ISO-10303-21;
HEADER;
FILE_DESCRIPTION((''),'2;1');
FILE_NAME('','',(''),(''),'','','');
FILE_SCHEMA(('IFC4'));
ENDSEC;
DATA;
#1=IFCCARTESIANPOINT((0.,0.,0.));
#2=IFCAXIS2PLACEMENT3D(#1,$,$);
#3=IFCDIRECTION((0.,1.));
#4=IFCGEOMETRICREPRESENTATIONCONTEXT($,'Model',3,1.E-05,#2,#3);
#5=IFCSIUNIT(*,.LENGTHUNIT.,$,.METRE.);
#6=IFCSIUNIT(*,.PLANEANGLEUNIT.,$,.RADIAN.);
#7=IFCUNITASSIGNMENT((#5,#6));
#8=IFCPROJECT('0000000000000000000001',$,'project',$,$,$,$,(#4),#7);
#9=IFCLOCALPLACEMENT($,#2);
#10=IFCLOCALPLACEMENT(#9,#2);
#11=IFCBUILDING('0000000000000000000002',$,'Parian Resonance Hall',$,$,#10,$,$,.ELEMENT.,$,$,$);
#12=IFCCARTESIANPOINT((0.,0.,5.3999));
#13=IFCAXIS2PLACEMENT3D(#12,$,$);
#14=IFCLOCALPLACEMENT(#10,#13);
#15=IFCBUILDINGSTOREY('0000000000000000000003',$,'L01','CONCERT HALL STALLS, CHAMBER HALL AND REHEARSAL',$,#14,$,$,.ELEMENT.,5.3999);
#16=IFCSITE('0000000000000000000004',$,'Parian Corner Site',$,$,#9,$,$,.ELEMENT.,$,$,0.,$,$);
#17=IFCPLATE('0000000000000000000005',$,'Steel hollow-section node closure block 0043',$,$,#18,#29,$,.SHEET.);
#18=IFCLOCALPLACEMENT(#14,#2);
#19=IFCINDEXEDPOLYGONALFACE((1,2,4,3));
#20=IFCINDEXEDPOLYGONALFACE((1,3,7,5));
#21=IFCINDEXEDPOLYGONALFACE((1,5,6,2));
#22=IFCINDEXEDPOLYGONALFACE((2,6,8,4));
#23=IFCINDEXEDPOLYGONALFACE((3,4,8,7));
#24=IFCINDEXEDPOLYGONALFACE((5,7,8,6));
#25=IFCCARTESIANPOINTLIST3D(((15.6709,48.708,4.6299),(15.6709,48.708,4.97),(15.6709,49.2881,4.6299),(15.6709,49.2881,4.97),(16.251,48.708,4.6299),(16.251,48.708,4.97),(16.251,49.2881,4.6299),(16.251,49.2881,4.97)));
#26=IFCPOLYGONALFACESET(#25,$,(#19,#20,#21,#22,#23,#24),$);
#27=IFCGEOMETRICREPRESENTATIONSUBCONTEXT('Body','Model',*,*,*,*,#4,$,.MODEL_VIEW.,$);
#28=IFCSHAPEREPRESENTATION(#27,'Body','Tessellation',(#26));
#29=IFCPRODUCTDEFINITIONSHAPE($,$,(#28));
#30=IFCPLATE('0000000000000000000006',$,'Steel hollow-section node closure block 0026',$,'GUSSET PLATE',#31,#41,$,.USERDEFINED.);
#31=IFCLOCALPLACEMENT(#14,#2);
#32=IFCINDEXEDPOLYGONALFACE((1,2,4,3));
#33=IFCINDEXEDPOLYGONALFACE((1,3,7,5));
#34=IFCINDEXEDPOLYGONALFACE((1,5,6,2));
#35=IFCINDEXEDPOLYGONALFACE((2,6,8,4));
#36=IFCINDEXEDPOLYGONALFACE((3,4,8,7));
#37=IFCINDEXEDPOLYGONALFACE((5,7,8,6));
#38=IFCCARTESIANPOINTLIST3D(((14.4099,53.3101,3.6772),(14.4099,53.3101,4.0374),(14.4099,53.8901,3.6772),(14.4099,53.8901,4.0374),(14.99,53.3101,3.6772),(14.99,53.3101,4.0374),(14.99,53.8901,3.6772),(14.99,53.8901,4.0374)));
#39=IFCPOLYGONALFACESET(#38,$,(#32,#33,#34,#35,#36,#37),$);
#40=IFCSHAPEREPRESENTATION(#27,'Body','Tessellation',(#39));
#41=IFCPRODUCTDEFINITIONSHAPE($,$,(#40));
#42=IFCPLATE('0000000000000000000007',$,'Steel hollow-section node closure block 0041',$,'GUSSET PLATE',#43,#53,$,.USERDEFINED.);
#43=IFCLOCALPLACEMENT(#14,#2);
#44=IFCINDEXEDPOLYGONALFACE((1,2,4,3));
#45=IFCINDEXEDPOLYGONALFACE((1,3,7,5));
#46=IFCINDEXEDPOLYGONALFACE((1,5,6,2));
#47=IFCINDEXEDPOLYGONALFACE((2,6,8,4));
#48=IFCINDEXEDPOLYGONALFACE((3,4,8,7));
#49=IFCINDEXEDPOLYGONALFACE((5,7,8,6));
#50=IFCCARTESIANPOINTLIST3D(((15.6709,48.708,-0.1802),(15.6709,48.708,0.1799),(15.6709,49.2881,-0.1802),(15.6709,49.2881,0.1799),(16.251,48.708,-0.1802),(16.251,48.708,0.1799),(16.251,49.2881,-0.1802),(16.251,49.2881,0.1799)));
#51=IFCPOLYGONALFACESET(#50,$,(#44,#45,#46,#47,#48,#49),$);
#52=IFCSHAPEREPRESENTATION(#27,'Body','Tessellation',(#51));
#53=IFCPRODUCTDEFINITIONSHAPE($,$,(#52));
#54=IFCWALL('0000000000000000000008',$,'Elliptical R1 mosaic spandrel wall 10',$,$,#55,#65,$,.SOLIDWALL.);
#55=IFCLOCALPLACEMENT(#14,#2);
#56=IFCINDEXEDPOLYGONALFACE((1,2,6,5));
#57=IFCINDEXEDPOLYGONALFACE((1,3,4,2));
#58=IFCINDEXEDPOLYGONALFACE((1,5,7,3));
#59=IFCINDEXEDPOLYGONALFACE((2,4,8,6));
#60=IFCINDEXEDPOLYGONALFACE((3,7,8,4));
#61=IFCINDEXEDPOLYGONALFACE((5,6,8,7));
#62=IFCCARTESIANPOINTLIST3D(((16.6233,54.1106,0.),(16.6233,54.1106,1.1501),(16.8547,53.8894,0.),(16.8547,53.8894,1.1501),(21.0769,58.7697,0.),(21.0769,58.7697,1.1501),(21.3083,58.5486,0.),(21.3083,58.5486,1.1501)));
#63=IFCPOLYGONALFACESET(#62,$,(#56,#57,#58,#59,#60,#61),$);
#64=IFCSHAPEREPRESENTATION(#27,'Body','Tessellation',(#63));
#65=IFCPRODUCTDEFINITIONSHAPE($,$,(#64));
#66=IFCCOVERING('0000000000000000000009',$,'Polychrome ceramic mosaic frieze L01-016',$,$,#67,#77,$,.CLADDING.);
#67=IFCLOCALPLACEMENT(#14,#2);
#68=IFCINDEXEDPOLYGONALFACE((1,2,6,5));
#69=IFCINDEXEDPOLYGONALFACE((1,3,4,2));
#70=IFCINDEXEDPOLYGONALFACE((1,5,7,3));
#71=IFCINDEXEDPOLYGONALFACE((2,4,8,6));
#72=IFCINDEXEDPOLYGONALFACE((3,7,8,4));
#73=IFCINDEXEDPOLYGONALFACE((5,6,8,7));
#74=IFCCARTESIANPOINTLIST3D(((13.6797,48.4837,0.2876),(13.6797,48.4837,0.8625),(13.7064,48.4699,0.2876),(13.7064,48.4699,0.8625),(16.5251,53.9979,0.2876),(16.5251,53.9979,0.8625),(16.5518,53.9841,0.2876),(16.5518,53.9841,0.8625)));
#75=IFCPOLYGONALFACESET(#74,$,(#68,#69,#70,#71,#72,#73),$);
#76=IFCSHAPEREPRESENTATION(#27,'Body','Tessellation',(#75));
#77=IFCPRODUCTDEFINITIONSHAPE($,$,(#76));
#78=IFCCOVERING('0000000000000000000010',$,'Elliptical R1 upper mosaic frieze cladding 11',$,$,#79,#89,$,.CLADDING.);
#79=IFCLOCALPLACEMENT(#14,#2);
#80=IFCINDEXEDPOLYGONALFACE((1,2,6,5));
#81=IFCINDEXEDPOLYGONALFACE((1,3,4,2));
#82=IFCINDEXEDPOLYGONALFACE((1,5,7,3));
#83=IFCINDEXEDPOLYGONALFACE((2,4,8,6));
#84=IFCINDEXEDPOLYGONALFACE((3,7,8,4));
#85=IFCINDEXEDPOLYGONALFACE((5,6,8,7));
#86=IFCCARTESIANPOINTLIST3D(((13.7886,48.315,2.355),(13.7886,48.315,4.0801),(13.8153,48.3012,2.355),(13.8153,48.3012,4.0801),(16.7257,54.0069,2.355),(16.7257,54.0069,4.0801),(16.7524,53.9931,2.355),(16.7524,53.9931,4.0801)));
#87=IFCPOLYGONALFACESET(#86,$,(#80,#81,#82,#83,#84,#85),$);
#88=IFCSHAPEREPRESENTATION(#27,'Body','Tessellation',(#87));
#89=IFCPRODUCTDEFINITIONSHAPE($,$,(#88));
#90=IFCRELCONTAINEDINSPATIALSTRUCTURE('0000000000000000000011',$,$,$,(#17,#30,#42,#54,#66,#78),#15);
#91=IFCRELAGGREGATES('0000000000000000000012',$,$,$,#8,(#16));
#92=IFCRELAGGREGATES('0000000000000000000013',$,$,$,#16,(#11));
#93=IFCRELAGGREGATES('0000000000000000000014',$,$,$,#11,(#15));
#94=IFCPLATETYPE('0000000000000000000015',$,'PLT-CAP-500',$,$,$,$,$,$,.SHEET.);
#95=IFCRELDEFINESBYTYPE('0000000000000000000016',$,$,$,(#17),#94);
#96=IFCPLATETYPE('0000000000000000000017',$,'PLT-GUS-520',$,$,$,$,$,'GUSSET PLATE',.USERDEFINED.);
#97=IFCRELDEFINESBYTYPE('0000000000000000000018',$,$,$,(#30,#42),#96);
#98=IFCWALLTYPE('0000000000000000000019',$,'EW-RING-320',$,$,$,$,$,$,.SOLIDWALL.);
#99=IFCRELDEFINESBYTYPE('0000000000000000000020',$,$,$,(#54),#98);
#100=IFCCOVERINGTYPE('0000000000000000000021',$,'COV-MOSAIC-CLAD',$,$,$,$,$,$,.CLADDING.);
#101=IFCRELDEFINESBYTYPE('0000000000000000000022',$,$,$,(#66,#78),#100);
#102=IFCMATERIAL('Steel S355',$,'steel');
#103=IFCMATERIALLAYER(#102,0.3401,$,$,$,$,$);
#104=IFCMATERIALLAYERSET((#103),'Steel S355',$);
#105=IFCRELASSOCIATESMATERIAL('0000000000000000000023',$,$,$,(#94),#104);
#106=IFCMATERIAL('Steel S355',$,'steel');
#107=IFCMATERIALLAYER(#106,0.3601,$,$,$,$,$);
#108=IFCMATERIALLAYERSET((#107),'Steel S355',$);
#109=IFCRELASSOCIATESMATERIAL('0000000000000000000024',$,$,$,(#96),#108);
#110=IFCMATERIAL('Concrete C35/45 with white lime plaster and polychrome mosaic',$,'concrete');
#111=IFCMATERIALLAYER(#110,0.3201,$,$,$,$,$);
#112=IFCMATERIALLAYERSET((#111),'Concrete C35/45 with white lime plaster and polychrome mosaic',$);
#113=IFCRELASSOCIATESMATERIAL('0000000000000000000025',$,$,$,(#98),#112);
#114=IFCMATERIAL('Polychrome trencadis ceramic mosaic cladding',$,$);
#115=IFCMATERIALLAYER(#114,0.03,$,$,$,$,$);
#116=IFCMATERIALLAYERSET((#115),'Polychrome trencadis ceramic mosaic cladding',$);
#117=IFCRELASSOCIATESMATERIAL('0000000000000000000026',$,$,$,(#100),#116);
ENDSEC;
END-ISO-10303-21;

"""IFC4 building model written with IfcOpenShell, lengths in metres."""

from ifc_helpers import new_model, si_unit, direction, frame, frame_2d, origin, origin_2d, place, context, subcontext, project, spatial, rectangle, extrude, material, layer, layer_set, type_object, element, save


model = new_model("IFC4")

# Units and contexts
model_context = context("Model", 3, precision=1e-05, world=origin(), true_north=direction((0.0, 1.0)))
body_context = subcontext(model_context, "Body", "Model", "MODEL_VIEW")
ifc_project = project(units=[si_unit("LENGTHUNIT", "METRE"), si_unit("PLANEANGLEUNIT", "RADIAN")], contexts=[model_context])

# Site, building, storey
site_placement = place(None, origin())
site = spatial("IfcSite", under=ifc_project, at=site_placement, Name="Parian Corner Site", CompositionType="ELEMENT", RefElevation=0.0)
building_placement = place(site_placement, origin())
building = spatial("IfcBuilding", under=site, at=building_placement, Name="Parian Resonance Hall", CompositionType="ELEMENT")
storey_placement = place(building_placement, frame((0.0, 0.0, 5.3999)))
storey = spatial("IfcBuildingStorey", under=building, at=storey_placement, Name="L01", Description="CONCERT HALL STALLS, CHAMBER HALL AND REHEARSAL", CompositionType="ELEMENT", Elevation=5.3999)

# Plates
ifc_material_1 = material(Name="Steel S355", Category="steel")
ifc_layer_1 = layer(ifc_material_1, 0.3401)
ifc_layer_set_1 = layer_set([ifc_layer_1], Name="Steel S355")
plate_type_1 = type_object("IfcPlateType", Name="PLT-CAP-500", PredefinedType="SHEET", material=ifc_layer_set_1)
for number, where, z_axis, x_axis, name in (
    (1, (15.9609, 48.998, 4.6299), (0.0, 0.0, 1.0), (1.0, 0.0, 0.0), "Steel hollow-section node closure block 0043"),
):
    element("IfcPlate", number, at=place(storey_placement, frame(where, z_axis=z_axis, x_axis=x_axis)), inside=storey, type_object=plate_type_1, Name=name, PredefinedType="SHEET", context=body_context, shape_type="SweptSolid", body=[
        extrude(rectangle(XDim=0.5801, YDim=0.5801, at=origin_2d()), origin(), (0.0, 0.0, 1.0), 0.3401),
    ])
ifc_material_2 = material(Name="Steel S355", Category="steel")
ifc_layer_2 = layer(ifc_material_2, 0.3601)
ifc_layer_set_2 = layer_set([ifc_layer_2], Name="Steel S355")
plate_type_2 = type_object("IfcPlateType", Name="PLT-GUS-520", ElementType="GUSSET PLATE", PredefinedType="USERDEFINED", material=ifc_layer_set_2)
for number, where, z_axis, x_axis, name in (
    (2, (14.7, 53.6001, 3.6772), (0.0, 0.0, 1.0), (1.0, 0.0, 0.0), "Steel hollow-section node closure block 0026"),
    (3, (15.9609, 48.998, -0.1802), (0.0, 0.0, 1.0), (1.0, 0.0, 0.0), "Steel hollow-section node closure block 0041"),
):
    element("IfcPlate", number, at=place(storey_placement, frame(where, z_axis=z_axis, x_axis=x_axis)), inside=storey, type_object=plate_type_2, Name=name, ObjectType="GUSSET PLATE", PredefinedType="USERDEFINED", context=body_context, shape_type="SweptSolid", body=[
        extrude(rectangle(XDim=0.5801, YDim=0.5801, at=origin_2d()), origin(), (0.0, 0.0, 1.0), 0.3601),
    ])

# Wall
ifc_material_3 = material(Name="Concrete C35/45 with white lime plaster and polychrome mosaic", Category="concrete")
ifc_layer_3 = layer(ifc_material_3, 0.3201)
ifc_layer_set_3 = layer_set([ifc_layer_3], Name="Concrete C35/45 with white lime plaster and polychrome mosaic")
wall_type = type_object("IfcWallType", Name="EW-RING-320", PredefinedType="SOLIDWALL", material=ifc_layer_set_3)
wall_placement = place(storey_placement, frame((16.739, 54.0, 0.0), z_axis=(0.0, 0.0, 1.0), x_axis=(0.69098, 0.722874, 0.0)))
element("IfcWall", 4, at=wall_placement, inside=storey, type_object=wall_type, Name="Elliptical R1 mosaic spandrel wall 10", PredefinedType="SOLIDWALL", context=body_context, shape_type="SweptSolid", body=[
    extrude(rectangle(XDim=6.4453, YDim=0.3201, at=frame_2d((3.2227, 0.0))), origin(), (0.0, 0.0, 1.0), 1.1501),
])

# Coverings
ifc_material_4 = material(Name="Polychrome trencadis ceramic mosaic cladding")
ifc_layer_4 = layer(ifc_material_4, 0.03)
ifc_layer_set_4 = layer_set([ifc_layer_4], Name="Polychrome trencadis ceramic mosaic cladding")
covering_type = type_object("IfcCoveringType", Name="COV-MOSAIC-CLAD", PredefinedType="CLADDING", material=ifc_layer_set_4)
covering_1_placement = place(storey_placement, frame((15.1157, 51.2339, 0.2876), z_axis=(0.0, 0.0, 1.0), x_axis=(0.458563, 0.888662, 0.0)))
element("IfcCovering", 5, at=covering_1_placement, inside=storey, type_object=covering_type, Name="Polychrome ceramic mosaic frieze L01-016", PredefinedType="CLADDING", context=body_context, shape_type="SweptSolid", body=[
    extrude(rectangle(XDim=6.2051, YDim=0.03, at=origin_2d()), origin(), (0.0, 0.0, 1.0), 0.575),
])
covering_2_placement = place(storey_placement, frame((15.2705, 51.1541, 2.355), z_axis=(0.0, 0.0, 1.0), x_axis=(0.458563, 0.888662, 0.0)))
element("IfcCovering", 6, at=covering_2_placement, inside=storey, type_object=covering_type, Name="Elliptical R1 upper mosaic frieze cladding 11", PredefinedType="CLADDING", context=body_context, shape_type="SweptSolid", body=[
    extrude(rectangle(XDim=6.405, YDim=0.03, at=origin_2d()), origin(), (0.0, 0.0, 1.0), 1.7251),
])

save(model, "model.ifc")
